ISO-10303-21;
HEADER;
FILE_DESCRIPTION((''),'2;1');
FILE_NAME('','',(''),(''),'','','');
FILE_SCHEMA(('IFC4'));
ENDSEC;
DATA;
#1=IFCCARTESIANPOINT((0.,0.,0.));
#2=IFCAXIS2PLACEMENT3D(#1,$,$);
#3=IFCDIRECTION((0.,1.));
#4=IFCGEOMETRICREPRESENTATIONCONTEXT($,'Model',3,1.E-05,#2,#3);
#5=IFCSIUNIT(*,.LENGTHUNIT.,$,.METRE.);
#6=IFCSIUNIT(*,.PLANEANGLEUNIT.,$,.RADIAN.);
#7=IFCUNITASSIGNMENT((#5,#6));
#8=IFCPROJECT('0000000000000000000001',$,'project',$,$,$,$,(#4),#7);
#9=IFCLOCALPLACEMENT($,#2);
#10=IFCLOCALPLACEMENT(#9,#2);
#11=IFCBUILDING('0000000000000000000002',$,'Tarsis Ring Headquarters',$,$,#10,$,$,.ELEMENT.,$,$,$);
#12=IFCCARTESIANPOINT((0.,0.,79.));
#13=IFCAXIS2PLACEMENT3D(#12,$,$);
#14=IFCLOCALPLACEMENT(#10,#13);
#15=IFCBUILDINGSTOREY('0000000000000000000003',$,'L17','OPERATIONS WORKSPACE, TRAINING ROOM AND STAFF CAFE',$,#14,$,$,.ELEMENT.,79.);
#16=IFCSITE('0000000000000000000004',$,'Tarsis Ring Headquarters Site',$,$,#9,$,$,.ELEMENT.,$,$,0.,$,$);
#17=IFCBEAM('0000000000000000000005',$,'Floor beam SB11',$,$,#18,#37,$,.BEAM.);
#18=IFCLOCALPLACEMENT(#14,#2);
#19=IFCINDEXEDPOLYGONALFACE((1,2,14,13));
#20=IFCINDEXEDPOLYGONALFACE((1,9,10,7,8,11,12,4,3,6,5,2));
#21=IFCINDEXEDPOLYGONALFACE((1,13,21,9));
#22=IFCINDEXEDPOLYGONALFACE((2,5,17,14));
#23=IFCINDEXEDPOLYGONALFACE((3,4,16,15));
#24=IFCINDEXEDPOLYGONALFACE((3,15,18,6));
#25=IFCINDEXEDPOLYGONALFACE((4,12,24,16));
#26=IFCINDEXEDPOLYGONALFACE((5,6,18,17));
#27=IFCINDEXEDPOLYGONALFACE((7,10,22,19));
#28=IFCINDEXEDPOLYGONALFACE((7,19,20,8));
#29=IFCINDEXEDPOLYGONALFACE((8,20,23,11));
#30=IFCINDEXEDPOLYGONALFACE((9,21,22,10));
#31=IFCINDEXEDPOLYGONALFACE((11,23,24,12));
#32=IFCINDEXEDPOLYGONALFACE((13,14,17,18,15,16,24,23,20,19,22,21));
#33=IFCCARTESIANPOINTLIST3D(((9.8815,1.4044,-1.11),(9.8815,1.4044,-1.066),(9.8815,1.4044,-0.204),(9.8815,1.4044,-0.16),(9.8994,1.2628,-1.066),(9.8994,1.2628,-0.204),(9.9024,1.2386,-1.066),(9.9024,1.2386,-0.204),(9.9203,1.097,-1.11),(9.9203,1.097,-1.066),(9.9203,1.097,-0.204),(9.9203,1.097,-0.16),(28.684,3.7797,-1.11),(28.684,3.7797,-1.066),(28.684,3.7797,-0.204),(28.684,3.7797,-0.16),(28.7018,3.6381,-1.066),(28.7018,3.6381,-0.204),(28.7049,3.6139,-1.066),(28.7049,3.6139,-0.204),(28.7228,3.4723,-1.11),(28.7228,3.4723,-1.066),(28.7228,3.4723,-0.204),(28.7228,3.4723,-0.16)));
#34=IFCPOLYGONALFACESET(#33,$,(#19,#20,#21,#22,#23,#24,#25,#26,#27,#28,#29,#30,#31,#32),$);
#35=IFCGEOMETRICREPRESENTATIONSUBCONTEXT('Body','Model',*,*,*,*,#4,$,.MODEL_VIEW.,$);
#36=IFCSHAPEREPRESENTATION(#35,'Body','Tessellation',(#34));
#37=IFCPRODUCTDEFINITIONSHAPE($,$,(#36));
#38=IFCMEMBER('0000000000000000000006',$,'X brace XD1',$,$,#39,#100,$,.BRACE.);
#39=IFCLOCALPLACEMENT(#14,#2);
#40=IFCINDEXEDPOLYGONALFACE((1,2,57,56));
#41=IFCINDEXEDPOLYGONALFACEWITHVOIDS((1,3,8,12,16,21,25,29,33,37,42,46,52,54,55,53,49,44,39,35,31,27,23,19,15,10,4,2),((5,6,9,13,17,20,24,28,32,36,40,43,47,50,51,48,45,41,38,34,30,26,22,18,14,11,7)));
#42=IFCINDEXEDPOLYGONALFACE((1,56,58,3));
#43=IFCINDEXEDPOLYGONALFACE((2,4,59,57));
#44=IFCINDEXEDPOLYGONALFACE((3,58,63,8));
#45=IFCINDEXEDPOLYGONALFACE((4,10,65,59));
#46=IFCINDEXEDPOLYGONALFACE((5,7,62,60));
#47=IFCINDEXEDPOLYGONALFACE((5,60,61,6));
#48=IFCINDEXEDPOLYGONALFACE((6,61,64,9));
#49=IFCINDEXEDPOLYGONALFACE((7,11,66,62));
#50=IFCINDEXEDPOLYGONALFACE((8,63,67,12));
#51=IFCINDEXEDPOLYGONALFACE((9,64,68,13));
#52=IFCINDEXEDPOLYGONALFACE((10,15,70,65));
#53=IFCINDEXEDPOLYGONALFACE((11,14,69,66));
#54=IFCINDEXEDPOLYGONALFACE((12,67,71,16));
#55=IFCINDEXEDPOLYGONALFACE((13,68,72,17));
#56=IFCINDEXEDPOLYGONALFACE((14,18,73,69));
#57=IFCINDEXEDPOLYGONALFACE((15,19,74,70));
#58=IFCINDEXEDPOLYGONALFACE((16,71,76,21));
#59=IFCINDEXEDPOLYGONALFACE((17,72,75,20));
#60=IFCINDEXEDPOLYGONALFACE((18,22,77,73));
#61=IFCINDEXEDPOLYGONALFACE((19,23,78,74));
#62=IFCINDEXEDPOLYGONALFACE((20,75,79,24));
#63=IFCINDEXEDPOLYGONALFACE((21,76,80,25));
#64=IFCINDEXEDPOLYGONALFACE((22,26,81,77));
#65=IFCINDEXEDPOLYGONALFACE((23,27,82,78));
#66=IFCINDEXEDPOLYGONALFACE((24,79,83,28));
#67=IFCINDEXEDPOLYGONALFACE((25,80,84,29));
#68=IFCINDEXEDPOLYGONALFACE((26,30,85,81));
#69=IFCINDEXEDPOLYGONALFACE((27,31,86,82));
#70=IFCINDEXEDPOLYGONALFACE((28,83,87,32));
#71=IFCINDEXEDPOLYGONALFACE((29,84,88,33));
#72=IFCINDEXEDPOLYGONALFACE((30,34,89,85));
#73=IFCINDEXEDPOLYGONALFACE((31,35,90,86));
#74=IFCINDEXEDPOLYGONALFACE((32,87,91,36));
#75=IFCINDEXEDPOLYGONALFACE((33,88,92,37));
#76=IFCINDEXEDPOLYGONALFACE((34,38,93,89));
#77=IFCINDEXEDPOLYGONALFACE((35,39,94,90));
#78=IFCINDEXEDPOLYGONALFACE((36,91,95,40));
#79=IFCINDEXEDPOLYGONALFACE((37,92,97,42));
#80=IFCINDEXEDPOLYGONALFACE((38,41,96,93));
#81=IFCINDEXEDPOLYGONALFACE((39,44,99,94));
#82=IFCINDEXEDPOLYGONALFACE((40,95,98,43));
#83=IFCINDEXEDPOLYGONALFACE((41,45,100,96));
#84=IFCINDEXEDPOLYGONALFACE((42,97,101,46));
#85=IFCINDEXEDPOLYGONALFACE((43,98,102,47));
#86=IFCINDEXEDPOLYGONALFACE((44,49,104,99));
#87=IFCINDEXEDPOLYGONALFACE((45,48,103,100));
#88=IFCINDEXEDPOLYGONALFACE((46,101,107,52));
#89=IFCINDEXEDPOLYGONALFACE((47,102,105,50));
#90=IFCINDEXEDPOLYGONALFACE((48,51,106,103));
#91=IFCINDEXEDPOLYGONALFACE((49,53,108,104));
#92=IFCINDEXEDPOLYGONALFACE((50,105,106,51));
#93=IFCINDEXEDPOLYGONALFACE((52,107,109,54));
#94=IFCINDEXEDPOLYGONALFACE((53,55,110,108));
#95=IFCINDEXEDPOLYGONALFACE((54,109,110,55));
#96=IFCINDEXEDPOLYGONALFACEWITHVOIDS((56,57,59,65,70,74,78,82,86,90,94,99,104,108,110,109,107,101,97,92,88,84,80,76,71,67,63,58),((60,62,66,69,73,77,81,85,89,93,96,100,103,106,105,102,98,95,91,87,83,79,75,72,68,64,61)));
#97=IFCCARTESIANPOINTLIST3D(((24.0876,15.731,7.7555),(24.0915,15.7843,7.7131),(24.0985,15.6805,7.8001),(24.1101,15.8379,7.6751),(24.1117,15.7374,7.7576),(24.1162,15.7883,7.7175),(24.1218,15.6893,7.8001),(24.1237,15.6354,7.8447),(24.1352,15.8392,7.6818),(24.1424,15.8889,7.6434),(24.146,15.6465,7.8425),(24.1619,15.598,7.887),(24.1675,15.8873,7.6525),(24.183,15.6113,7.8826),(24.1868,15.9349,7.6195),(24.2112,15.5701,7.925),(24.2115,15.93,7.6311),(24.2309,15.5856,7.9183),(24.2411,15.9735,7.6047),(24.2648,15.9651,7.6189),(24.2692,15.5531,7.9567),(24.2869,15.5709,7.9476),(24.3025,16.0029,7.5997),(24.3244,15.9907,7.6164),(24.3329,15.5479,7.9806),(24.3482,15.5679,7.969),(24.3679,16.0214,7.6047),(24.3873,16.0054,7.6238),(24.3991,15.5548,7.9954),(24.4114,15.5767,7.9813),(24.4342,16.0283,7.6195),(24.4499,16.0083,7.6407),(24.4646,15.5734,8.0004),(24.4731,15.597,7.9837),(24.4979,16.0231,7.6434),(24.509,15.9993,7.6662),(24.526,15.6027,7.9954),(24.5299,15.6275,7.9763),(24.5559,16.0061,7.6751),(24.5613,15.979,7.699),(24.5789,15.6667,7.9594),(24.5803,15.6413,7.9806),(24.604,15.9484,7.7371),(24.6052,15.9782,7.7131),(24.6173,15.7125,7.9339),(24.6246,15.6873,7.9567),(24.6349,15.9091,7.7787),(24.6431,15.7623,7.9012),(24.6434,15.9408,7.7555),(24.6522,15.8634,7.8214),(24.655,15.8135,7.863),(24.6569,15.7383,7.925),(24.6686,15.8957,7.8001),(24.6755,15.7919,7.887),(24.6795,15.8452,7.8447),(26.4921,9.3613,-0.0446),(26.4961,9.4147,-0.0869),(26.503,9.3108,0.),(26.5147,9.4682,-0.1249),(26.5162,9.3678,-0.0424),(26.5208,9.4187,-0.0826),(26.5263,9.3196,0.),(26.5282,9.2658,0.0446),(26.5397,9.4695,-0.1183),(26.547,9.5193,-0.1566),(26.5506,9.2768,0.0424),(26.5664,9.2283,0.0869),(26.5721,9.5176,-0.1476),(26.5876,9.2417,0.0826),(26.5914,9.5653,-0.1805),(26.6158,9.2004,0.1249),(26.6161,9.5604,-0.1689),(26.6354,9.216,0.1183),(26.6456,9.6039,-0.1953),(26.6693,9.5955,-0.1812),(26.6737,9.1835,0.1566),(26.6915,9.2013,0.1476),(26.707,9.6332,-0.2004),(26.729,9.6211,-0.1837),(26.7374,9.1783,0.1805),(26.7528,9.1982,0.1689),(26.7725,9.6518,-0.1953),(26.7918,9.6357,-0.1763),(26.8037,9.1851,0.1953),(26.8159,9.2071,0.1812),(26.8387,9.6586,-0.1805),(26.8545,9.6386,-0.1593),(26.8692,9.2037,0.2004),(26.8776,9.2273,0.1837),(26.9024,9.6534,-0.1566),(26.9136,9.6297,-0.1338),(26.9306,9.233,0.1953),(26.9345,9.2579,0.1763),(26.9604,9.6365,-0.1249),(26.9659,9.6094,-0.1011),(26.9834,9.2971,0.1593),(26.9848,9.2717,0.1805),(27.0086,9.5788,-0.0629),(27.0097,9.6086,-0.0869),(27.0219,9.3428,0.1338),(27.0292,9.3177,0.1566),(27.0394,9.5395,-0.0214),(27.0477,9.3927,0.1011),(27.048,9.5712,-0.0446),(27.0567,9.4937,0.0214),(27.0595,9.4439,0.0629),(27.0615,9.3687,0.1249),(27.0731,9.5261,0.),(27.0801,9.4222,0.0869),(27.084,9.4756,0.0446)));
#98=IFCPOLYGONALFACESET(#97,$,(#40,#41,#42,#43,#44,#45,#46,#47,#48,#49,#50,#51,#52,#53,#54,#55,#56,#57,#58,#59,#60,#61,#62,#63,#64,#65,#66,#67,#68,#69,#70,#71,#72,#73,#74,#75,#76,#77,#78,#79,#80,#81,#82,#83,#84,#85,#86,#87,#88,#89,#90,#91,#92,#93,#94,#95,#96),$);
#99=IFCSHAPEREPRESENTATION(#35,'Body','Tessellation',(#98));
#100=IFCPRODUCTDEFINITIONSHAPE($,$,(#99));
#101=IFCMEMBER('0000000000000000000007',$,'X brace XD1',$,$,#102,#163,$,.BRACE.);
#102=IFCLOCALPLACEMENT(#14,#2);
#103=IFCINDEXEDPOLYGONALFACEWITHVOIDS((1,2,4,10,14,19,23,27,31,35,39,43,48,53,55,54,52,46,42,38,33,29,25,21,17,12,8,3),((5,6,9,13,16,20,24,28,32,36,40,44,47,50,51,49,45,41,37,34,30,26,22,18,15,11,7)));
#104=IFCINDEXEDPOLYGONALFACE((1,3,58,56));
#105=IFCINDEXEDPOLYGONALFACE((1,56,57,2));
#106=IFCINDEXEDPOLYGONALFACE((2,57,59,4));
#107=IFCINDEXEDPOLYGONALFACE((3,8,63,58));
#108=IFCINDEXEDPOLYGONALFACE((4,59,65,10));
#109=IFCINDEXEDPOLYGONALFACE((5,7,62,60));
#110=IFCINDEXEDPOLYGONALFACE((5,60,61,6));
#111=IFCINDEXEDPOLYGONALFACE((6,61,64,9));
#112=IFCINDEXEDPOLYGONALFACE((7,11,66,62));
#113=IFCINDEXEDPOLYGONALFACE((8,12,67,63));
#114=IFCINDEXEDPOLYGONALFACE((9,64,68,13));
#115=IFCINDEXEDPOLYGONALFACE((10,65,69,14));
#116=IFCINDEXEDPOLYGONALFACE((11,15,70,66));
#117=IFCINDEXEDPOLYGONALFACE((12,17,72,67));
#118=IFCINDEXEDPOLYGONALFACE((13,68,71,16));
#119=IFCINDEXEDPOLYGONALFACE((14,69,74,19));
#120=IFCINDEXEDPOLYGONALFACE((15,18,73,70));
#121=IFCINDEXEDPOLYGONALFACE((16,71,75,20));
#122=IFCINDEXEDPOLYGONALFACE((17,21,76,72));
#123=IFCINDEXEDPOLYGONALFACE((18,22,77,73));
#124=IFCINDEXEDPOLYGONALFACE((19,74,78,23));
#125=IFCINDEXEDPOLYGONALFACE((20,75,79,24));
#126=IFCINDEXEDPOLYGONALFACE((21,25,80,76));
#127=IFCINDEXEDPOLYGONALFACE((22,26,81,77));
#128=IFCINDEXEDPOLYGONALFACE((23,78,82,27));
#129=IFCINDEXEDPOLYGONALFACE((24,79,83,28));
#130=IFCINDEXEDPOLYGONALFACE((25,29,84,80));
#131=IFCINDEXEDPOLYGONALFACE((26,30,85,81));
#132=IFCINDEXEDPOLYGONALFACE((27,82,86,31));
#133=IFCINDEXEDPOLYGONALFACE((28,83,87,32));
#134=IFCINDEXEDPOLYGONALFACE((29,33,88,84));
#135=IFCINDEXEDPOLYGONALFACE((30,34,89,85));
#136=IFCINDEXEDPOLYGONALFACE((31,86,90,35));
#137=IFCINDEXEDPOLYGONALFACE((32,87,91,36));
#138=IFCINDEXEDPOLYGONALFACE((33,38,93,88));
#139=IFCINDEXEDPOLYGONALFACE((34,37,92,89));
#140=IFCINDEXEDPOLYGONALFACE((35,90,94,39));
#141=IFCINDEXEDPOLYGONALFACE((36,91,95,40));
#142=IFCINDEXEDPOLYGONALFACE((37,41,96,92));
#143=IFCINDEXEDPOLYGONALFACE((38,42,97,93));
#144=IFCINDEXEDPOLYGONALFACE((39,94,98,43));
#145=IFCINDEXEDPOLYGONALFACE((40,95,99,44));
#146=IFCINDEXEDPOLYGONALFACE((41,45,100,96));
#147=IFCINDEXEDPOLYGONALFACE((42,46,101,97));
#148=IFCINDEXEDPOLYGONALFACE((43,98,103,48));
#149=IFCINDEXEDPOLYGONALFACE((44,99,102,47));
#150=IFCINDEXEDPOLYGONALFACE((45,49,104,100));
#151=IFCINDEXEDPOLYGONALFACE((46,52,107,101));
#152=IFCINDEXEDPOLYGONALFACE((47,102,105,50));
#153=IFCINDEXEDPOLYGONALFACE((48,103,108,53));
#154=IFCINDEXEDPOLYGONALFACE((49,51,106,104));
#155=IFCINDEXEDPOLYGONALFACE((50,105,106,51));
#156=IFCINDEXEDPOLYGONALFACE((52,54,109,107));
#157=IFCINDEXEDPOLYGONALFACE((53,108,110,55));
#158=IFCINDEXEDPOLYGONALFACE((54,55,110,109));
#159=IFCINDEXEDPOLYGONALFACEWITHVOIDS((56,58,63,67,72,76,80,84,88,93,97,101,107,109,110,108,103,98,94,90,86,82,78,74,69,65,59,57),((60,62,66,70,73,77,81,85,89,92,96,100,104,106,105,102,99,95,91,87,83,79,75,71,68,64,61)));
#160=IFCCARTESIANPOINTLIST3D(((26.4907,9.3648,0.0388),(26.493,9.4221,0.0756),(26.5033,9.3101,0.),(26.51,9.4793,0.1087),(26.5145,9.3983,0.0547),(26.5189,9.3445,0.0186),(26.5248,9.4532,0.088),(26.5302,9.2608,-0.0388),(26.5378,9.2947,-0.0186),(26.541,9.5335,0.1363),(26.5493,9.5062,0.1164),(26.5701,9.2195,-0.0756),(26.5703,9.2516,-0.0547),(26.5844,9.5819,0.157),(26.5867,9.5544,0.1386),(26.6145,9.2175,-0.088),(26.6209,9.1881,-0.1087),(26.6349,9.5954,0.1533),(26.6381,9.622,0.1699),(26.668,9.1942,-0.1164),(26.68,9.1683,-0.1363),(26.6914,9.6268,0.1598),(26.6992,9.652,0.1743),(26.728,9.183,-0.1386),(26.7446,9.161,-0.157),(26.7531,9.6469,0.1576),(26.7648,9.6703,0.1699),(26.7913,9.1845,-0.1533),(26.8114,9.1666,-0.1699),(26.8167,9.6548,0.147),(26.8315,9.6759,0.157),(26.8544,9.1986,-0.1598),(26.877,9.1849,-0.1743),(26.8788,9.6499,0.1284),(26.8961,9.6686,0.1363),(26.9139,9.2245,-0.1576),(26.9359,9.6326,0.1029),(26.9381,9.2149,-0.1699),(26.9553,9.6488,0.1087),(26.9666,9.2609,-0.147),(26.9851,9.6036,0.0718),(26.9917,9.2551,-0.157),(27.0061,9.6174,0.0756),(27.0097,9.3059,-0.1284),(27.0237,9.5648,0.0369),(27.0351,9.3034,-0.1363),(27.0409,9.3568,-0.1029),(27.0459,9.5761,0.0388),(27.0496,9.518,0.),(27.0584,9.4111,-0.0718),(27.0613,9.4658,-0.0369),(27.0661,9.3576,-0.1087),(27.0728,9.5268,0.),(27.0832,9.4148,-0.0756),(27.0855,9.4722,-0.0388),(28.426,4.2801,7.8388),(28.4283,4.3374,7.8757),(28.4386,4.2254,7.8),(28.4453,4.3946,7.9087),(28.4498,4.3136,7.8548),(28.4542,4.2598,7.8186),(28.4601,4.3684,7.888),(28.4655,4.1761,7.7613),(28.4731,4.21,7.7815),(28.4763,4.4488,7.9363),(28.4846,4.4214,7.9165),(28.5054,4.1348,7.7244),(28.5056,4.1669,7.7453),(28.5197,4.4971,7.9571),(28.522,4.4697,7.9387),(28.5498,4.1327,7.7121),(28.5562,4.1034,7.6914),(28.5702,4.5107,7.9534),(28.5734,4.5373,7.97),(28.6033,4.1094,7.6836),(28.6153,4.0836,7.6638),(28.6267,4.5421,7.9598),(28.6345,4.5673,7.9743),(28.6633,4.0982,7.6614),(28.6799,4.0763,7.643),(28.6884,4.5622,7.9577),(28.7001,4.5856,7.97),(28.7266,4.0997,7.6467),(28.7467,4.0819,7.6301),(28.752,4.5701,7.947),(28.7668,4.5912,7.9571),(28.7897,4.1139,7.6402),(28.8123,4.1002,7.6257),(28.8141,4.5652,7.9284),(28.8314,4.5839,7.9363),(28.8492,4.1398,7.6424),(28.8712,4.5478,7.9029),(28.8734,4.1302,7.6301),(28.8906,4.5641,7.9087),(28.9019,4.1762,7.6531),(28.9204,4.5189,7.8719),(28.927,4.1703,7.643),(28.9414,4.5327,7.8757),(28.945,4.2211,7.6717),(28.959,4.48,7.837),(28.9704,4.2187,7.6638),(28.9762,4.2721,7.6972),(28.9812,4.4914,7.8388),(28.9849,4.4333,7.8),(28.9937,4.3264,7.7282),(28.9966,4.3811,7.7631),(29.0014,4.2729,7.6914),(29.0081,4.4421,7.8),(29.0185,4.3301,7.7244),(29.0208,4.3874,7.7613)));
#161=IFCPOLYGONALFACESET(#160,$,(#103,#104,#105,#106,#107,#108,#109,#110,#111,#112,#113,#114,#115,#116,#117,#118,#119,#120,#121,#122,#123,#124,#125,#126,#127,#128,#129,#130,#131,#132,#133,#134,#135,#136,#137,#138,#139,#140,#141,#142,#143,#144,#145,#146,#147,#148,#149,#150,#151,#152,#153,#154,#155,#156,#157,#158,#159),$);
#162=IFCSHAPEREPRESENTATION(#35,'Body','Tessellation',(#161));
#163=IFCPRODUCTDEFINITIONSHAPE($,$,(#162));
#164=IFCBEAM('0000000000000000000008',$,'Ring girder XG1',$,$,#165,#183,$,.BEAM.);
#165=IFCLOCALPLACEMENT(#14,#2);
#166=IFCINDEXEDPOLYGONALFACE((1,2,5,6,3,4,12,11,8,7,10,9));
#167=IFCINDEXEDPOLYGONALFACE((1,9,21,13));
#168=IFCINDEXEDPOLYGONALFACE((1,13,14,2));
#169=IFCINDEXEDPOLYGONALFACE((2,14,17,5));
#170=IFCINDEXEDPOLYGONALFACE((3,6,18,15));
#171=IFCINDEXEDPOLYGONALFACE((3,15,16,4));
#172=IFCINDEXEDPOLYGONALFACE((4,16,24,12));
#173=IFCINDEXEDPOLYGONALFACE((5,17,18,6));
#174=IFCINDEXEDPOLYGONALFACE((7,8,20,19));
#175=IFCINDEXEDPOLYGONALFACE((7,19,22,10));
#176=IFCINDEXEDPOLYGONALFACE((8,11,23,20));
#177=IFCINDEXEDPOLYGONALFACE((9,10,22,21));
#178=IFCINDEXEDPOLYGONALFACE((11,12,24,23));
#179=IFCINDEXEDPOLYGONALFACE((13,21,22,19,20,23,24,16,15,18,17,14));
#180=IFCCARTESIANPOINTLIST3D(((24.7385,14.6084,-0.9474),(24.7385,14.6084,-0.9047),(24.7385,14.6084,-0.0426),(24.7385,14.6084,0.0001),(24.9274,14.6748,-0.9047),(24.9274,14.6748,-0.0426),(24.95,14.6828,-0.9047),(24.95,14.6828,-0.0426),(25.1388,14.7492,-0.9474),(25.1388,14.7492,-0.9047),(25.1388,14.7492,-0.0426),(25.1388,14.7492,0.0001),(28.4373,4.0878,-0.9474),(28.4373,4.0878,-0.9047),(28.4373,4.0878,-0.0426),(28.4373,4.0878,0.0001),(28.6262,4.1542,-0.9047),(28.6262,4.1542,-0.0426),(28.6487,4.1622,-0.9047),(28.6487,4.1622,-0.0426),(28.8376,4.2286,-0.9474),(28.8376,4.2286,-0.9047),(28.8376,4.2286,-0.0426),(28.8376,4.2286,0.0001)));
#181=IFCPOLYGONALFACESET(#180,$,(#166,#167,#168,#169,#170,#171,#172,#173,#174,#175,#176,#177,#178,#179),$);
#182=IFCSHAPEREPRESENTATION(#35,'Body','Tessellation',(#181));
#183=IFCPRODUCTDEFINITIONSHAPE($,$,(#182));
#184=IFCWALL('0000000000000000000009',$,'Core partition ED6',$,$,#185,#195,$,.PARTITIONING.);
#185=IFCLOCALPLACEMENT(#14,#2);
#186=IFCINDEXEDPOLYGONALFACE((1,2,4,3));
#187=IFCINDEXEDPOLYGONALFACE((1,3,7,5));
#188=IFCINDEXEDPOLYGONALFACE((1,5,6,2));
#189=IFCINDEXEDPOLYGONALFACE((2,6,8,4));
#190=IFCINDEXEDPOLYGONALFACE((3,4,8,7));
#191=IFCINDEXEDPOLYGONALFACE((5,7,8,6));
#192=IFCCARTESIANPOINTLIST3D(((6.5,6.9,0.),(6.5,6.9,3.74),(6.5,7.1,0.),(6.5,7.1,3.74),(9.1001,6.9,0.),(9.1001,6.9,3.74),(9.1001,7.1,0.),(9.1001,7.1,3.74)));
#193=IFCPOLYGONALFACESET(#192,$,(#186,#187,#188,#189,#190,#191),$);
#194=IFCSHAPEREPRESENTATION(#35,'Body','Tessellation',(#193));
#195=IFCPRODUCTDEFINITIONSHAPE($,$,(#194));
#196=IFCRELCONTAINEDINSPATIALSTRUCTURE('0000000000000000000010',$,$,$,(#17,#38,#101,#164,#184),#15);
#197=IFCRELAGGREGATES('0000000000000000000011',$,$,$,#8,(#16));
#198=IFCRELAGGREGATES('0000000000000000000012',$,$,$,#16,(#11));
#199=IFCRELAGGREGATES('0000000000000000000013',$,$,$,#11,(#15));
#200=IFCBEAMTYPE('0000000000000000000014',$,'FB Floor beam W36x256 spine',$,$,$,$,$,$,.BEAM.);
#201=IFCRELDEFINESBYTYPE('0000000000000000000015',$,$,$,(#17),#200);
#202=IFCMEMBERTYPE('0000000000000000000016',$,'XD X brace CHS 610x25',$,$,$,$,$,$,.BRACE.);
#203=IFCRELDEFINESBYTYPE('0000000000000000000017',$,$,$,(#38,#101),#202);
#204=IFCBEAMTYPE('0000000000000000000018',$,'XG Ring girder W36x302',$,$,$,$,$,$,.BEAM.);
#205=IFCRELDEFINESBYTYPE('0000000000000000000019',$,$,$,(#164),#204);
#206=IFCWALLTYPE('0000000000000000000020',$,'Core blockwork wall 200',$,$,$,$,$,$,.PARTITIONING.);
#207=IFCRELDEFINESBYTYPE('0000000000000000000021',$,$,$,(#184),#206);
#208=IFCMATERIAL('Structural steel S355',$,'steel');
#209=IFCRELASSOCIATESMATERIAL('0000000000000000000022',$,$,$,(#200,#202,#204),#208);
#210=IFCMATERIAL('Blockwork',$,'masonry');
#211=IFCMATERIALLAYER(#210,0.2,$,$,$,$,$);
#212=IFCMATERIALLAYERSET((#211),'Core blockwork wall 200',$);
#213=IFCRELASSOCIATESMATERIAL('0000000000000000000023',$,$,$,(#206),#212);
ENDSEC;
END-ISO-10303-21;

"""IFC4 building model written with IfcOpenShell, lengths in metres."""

from ifc_helpers import new_model, si_unit, direction, frame, frame_2d, origin, origin_2d, place, context, subcontext, project, spatial, rectangle, hollow_circle, i_section, extrude, material, layer, layer_set, material_profile, profile_set, type_object, element, save


model = new_model("IFC4")

# Units and contexts
model_context = context("Model", 3, precision=1e-05, world=origin(), true_north=direction((0.0, 1.0)))
body_context = subcontext(model_context, "Body", "Model", "MODEL_VIEW")
ifc_project = project(units=[si_unit("LENGTHUNIT", "METRE"), si_unit("PLANEANGLEUNIT", "RADIAN")], contexts=[model_context])

# Site, building, storey
site_placement = place(None, origin())
site = spatial("IfcSite", under=ifc_project, at=site_placement, Name="Tarsis Ring Headquarters Site", CompositionType="ELEMENT", RefElevation=0.0)
building_placement = place(site_placement, origin())
building = spatial("IfcBuilding", under=site, at=building_placement, Name="Tarsis Ring Headquarters", CompositionType="ELEMENT")
storey_placement = place(building_placement, frame((0.0, 0.0, 79.0)))
storey = spatial("IfcBuildingStorey", under=building, at=storey_placement, Name="L17", Description="OPERATIONS WORKSPACE, TRAINING ROOM AND STAFF CAFE", CompositionType="ELEMENT", Elevation=79.0)

# Beam
ifc_material_1 = material(Name="Structural steel S355", Category="steel")
ifc_material_profile_1 = material_profile(ifc_material_1, i_section(OverallWidth=0.3098, OverallDepth=0.95, WebThickness=0.0244, FlangeThickness=0.0439, at=origin_2d()), Name="W36x256")
ifc_profile_set_1 = profile_set([ifc_material_profile_1], Name="Structural steel S355")
beam_type_1 = type_object("IfcBeamType", Name="FB Floor beam W36x256 spine", PredefinedType="BEAM", material=ifc_profile_set_1)
beam_1_placement = place(storey_placement, frame((28.7034, 3.626, -0.635), z_axis=(-0.992115, -0.12533, 0.0), x_axis=(0.12533, -0.992115, 0.0)))
element("IfcBeam", 1, at=beam_1_placement, inside=storey, type_object=beam_type_1, Name="Floor beam SB11", PredefinedType="BEAM", context=body_context, shape_type="SweptSolid", body=[
    extrude(i_section(OverallWidth=0.3098, OverallDepth=0.95, WebThickness=0.0244, FlangeThickness=0.0439, at=origin_2d()), origin(), (0.0, 0.0, 1.0), 18.9519),
])

# Members
ifc_material_profile_2 = material_profile(ifc_material_1, hollow_circle(Radius=0.3047, WallThickness=0.0249, at=origin_2d()), Name="CHS 610x25")
ifc_profile_set_2 = profile_set([ifc_material_profile_2], Name="Structural steel S355")
member_type = type_object("IfcMemberType", Name="XD X brace CHS 610x25", PredefinedType="BRACE", material=ifc_profile_set_2)
member_1_placement = place(storey_placement, frame((26.7881, 9.4185, 0.0), z_axis=(-0.232244, 0.615216, 0.753374), x_axis=(-0.935558, -0.353174, 0.0)))
element("IfcMember", 2, at=member_1_placement, inside=storey, type_object=member_type, Name="X brace XD1", PredefinedType="BRACE", context=body_context, shape_type="SweptSolid", body=[
    extrude(hollow_circle(Radius=0.3047, WallThickness=0.0249, at=origin_2d()), origin(), (0.0, 0.0, 1.0), 10.3535),
])
member_2_placement = place(storey_placement, frame((26.7881, 9.4185, 0.0), z_axis=(0.203501, -0.534669, 0.820193), x_axis=(0.934594, 0.355717, 0.0)))
element("IfcMember", 3, at=member_2_placement, inside=storey, type_object=member_type, Name="X brace XD1", PredefinedType="BRACE", context=body_context, shape_type="SweptSolid", body=[
    extrude(hollow_circle(Radius=0.3047, WallThickness=0.0249, at=origin_2d()), origin(), (0.0, 0.0, 1.0), 9.51),
])

# Beam
ifc_material_profile_3 = material_profile(ifc_material_1, i_section(OverallWidth=0.4243, OverallDepth=0.9475, WebThickness=0.0239, FlangeThickness=0.0427, at=origin_2d()), Name="W36x302")
ifc_profile_set_3 = profile_set([ifc_material_profile_3], Name="Structural steel S355")
beam_type_2 = type_object("IfcBeamType", Name="XG Ring girder W36x302", PredefinedType="BEAM", material=ifc_profile_set_3)
beam_2_placement = place(storey_placement, frame((28.6375, 4.1582, -0.4736), z_axis=(-0.331672, 0.943395, 0.0), x_axis=(-0.943395, -0.331672, 0.0)))
element("IfcBeam", 4, at=beam_2_placement, inside=storey, type_object=beam_type_2, Name="Ring girder XG1", PredefinedType="BEAM", context=body_context, shape_type="SweptSolid", body=[
    extrude(i_section(OverallWidth=0.4243, OverallDepth=0.9475, WebThickness=0.0239, FlangeThickness=0.0427, at=origin_2d()), origin(), (0.0, 0.0, 1.0), 11.1519),
])

# Wall
ifc_material_2 = material(Name="Blockwork", Category="masonry")
ifc_layer_1 = layer(ifc_material_2, 0.2)
ifc_layer_set_1 = layer_set([ifc_layer_1], Name="Core blockwork wall 200")
wall_type_1 = type_object("IfcWallType", Name="Core blockwork wall 200", PredefinedType="PARTITIONING", material=ifc_layer_set_1)
wall_1_placement = place(storey_placement, frame((6.5, 7.0, 0.0), z_axis=(0.0, 0.0, 1.0), x_axis=(1.0, 0.0, 0.0)))
element("IfcWall", 5, at=wall_1_placement, inside=storey, type_object=wall_type_1, Name="Core partition ED6", PredefinedType="PARTITIONING", context=body_context, shape_type="SweptSolid", body=[
    extrude(rectangle(XDim=2.6001, YDim=0.2, at=frame_2d((1.3, 0.0))), origin(), (0.0, 0.0, 1.0), 3.74),
])

save(model, "model.ifc")
